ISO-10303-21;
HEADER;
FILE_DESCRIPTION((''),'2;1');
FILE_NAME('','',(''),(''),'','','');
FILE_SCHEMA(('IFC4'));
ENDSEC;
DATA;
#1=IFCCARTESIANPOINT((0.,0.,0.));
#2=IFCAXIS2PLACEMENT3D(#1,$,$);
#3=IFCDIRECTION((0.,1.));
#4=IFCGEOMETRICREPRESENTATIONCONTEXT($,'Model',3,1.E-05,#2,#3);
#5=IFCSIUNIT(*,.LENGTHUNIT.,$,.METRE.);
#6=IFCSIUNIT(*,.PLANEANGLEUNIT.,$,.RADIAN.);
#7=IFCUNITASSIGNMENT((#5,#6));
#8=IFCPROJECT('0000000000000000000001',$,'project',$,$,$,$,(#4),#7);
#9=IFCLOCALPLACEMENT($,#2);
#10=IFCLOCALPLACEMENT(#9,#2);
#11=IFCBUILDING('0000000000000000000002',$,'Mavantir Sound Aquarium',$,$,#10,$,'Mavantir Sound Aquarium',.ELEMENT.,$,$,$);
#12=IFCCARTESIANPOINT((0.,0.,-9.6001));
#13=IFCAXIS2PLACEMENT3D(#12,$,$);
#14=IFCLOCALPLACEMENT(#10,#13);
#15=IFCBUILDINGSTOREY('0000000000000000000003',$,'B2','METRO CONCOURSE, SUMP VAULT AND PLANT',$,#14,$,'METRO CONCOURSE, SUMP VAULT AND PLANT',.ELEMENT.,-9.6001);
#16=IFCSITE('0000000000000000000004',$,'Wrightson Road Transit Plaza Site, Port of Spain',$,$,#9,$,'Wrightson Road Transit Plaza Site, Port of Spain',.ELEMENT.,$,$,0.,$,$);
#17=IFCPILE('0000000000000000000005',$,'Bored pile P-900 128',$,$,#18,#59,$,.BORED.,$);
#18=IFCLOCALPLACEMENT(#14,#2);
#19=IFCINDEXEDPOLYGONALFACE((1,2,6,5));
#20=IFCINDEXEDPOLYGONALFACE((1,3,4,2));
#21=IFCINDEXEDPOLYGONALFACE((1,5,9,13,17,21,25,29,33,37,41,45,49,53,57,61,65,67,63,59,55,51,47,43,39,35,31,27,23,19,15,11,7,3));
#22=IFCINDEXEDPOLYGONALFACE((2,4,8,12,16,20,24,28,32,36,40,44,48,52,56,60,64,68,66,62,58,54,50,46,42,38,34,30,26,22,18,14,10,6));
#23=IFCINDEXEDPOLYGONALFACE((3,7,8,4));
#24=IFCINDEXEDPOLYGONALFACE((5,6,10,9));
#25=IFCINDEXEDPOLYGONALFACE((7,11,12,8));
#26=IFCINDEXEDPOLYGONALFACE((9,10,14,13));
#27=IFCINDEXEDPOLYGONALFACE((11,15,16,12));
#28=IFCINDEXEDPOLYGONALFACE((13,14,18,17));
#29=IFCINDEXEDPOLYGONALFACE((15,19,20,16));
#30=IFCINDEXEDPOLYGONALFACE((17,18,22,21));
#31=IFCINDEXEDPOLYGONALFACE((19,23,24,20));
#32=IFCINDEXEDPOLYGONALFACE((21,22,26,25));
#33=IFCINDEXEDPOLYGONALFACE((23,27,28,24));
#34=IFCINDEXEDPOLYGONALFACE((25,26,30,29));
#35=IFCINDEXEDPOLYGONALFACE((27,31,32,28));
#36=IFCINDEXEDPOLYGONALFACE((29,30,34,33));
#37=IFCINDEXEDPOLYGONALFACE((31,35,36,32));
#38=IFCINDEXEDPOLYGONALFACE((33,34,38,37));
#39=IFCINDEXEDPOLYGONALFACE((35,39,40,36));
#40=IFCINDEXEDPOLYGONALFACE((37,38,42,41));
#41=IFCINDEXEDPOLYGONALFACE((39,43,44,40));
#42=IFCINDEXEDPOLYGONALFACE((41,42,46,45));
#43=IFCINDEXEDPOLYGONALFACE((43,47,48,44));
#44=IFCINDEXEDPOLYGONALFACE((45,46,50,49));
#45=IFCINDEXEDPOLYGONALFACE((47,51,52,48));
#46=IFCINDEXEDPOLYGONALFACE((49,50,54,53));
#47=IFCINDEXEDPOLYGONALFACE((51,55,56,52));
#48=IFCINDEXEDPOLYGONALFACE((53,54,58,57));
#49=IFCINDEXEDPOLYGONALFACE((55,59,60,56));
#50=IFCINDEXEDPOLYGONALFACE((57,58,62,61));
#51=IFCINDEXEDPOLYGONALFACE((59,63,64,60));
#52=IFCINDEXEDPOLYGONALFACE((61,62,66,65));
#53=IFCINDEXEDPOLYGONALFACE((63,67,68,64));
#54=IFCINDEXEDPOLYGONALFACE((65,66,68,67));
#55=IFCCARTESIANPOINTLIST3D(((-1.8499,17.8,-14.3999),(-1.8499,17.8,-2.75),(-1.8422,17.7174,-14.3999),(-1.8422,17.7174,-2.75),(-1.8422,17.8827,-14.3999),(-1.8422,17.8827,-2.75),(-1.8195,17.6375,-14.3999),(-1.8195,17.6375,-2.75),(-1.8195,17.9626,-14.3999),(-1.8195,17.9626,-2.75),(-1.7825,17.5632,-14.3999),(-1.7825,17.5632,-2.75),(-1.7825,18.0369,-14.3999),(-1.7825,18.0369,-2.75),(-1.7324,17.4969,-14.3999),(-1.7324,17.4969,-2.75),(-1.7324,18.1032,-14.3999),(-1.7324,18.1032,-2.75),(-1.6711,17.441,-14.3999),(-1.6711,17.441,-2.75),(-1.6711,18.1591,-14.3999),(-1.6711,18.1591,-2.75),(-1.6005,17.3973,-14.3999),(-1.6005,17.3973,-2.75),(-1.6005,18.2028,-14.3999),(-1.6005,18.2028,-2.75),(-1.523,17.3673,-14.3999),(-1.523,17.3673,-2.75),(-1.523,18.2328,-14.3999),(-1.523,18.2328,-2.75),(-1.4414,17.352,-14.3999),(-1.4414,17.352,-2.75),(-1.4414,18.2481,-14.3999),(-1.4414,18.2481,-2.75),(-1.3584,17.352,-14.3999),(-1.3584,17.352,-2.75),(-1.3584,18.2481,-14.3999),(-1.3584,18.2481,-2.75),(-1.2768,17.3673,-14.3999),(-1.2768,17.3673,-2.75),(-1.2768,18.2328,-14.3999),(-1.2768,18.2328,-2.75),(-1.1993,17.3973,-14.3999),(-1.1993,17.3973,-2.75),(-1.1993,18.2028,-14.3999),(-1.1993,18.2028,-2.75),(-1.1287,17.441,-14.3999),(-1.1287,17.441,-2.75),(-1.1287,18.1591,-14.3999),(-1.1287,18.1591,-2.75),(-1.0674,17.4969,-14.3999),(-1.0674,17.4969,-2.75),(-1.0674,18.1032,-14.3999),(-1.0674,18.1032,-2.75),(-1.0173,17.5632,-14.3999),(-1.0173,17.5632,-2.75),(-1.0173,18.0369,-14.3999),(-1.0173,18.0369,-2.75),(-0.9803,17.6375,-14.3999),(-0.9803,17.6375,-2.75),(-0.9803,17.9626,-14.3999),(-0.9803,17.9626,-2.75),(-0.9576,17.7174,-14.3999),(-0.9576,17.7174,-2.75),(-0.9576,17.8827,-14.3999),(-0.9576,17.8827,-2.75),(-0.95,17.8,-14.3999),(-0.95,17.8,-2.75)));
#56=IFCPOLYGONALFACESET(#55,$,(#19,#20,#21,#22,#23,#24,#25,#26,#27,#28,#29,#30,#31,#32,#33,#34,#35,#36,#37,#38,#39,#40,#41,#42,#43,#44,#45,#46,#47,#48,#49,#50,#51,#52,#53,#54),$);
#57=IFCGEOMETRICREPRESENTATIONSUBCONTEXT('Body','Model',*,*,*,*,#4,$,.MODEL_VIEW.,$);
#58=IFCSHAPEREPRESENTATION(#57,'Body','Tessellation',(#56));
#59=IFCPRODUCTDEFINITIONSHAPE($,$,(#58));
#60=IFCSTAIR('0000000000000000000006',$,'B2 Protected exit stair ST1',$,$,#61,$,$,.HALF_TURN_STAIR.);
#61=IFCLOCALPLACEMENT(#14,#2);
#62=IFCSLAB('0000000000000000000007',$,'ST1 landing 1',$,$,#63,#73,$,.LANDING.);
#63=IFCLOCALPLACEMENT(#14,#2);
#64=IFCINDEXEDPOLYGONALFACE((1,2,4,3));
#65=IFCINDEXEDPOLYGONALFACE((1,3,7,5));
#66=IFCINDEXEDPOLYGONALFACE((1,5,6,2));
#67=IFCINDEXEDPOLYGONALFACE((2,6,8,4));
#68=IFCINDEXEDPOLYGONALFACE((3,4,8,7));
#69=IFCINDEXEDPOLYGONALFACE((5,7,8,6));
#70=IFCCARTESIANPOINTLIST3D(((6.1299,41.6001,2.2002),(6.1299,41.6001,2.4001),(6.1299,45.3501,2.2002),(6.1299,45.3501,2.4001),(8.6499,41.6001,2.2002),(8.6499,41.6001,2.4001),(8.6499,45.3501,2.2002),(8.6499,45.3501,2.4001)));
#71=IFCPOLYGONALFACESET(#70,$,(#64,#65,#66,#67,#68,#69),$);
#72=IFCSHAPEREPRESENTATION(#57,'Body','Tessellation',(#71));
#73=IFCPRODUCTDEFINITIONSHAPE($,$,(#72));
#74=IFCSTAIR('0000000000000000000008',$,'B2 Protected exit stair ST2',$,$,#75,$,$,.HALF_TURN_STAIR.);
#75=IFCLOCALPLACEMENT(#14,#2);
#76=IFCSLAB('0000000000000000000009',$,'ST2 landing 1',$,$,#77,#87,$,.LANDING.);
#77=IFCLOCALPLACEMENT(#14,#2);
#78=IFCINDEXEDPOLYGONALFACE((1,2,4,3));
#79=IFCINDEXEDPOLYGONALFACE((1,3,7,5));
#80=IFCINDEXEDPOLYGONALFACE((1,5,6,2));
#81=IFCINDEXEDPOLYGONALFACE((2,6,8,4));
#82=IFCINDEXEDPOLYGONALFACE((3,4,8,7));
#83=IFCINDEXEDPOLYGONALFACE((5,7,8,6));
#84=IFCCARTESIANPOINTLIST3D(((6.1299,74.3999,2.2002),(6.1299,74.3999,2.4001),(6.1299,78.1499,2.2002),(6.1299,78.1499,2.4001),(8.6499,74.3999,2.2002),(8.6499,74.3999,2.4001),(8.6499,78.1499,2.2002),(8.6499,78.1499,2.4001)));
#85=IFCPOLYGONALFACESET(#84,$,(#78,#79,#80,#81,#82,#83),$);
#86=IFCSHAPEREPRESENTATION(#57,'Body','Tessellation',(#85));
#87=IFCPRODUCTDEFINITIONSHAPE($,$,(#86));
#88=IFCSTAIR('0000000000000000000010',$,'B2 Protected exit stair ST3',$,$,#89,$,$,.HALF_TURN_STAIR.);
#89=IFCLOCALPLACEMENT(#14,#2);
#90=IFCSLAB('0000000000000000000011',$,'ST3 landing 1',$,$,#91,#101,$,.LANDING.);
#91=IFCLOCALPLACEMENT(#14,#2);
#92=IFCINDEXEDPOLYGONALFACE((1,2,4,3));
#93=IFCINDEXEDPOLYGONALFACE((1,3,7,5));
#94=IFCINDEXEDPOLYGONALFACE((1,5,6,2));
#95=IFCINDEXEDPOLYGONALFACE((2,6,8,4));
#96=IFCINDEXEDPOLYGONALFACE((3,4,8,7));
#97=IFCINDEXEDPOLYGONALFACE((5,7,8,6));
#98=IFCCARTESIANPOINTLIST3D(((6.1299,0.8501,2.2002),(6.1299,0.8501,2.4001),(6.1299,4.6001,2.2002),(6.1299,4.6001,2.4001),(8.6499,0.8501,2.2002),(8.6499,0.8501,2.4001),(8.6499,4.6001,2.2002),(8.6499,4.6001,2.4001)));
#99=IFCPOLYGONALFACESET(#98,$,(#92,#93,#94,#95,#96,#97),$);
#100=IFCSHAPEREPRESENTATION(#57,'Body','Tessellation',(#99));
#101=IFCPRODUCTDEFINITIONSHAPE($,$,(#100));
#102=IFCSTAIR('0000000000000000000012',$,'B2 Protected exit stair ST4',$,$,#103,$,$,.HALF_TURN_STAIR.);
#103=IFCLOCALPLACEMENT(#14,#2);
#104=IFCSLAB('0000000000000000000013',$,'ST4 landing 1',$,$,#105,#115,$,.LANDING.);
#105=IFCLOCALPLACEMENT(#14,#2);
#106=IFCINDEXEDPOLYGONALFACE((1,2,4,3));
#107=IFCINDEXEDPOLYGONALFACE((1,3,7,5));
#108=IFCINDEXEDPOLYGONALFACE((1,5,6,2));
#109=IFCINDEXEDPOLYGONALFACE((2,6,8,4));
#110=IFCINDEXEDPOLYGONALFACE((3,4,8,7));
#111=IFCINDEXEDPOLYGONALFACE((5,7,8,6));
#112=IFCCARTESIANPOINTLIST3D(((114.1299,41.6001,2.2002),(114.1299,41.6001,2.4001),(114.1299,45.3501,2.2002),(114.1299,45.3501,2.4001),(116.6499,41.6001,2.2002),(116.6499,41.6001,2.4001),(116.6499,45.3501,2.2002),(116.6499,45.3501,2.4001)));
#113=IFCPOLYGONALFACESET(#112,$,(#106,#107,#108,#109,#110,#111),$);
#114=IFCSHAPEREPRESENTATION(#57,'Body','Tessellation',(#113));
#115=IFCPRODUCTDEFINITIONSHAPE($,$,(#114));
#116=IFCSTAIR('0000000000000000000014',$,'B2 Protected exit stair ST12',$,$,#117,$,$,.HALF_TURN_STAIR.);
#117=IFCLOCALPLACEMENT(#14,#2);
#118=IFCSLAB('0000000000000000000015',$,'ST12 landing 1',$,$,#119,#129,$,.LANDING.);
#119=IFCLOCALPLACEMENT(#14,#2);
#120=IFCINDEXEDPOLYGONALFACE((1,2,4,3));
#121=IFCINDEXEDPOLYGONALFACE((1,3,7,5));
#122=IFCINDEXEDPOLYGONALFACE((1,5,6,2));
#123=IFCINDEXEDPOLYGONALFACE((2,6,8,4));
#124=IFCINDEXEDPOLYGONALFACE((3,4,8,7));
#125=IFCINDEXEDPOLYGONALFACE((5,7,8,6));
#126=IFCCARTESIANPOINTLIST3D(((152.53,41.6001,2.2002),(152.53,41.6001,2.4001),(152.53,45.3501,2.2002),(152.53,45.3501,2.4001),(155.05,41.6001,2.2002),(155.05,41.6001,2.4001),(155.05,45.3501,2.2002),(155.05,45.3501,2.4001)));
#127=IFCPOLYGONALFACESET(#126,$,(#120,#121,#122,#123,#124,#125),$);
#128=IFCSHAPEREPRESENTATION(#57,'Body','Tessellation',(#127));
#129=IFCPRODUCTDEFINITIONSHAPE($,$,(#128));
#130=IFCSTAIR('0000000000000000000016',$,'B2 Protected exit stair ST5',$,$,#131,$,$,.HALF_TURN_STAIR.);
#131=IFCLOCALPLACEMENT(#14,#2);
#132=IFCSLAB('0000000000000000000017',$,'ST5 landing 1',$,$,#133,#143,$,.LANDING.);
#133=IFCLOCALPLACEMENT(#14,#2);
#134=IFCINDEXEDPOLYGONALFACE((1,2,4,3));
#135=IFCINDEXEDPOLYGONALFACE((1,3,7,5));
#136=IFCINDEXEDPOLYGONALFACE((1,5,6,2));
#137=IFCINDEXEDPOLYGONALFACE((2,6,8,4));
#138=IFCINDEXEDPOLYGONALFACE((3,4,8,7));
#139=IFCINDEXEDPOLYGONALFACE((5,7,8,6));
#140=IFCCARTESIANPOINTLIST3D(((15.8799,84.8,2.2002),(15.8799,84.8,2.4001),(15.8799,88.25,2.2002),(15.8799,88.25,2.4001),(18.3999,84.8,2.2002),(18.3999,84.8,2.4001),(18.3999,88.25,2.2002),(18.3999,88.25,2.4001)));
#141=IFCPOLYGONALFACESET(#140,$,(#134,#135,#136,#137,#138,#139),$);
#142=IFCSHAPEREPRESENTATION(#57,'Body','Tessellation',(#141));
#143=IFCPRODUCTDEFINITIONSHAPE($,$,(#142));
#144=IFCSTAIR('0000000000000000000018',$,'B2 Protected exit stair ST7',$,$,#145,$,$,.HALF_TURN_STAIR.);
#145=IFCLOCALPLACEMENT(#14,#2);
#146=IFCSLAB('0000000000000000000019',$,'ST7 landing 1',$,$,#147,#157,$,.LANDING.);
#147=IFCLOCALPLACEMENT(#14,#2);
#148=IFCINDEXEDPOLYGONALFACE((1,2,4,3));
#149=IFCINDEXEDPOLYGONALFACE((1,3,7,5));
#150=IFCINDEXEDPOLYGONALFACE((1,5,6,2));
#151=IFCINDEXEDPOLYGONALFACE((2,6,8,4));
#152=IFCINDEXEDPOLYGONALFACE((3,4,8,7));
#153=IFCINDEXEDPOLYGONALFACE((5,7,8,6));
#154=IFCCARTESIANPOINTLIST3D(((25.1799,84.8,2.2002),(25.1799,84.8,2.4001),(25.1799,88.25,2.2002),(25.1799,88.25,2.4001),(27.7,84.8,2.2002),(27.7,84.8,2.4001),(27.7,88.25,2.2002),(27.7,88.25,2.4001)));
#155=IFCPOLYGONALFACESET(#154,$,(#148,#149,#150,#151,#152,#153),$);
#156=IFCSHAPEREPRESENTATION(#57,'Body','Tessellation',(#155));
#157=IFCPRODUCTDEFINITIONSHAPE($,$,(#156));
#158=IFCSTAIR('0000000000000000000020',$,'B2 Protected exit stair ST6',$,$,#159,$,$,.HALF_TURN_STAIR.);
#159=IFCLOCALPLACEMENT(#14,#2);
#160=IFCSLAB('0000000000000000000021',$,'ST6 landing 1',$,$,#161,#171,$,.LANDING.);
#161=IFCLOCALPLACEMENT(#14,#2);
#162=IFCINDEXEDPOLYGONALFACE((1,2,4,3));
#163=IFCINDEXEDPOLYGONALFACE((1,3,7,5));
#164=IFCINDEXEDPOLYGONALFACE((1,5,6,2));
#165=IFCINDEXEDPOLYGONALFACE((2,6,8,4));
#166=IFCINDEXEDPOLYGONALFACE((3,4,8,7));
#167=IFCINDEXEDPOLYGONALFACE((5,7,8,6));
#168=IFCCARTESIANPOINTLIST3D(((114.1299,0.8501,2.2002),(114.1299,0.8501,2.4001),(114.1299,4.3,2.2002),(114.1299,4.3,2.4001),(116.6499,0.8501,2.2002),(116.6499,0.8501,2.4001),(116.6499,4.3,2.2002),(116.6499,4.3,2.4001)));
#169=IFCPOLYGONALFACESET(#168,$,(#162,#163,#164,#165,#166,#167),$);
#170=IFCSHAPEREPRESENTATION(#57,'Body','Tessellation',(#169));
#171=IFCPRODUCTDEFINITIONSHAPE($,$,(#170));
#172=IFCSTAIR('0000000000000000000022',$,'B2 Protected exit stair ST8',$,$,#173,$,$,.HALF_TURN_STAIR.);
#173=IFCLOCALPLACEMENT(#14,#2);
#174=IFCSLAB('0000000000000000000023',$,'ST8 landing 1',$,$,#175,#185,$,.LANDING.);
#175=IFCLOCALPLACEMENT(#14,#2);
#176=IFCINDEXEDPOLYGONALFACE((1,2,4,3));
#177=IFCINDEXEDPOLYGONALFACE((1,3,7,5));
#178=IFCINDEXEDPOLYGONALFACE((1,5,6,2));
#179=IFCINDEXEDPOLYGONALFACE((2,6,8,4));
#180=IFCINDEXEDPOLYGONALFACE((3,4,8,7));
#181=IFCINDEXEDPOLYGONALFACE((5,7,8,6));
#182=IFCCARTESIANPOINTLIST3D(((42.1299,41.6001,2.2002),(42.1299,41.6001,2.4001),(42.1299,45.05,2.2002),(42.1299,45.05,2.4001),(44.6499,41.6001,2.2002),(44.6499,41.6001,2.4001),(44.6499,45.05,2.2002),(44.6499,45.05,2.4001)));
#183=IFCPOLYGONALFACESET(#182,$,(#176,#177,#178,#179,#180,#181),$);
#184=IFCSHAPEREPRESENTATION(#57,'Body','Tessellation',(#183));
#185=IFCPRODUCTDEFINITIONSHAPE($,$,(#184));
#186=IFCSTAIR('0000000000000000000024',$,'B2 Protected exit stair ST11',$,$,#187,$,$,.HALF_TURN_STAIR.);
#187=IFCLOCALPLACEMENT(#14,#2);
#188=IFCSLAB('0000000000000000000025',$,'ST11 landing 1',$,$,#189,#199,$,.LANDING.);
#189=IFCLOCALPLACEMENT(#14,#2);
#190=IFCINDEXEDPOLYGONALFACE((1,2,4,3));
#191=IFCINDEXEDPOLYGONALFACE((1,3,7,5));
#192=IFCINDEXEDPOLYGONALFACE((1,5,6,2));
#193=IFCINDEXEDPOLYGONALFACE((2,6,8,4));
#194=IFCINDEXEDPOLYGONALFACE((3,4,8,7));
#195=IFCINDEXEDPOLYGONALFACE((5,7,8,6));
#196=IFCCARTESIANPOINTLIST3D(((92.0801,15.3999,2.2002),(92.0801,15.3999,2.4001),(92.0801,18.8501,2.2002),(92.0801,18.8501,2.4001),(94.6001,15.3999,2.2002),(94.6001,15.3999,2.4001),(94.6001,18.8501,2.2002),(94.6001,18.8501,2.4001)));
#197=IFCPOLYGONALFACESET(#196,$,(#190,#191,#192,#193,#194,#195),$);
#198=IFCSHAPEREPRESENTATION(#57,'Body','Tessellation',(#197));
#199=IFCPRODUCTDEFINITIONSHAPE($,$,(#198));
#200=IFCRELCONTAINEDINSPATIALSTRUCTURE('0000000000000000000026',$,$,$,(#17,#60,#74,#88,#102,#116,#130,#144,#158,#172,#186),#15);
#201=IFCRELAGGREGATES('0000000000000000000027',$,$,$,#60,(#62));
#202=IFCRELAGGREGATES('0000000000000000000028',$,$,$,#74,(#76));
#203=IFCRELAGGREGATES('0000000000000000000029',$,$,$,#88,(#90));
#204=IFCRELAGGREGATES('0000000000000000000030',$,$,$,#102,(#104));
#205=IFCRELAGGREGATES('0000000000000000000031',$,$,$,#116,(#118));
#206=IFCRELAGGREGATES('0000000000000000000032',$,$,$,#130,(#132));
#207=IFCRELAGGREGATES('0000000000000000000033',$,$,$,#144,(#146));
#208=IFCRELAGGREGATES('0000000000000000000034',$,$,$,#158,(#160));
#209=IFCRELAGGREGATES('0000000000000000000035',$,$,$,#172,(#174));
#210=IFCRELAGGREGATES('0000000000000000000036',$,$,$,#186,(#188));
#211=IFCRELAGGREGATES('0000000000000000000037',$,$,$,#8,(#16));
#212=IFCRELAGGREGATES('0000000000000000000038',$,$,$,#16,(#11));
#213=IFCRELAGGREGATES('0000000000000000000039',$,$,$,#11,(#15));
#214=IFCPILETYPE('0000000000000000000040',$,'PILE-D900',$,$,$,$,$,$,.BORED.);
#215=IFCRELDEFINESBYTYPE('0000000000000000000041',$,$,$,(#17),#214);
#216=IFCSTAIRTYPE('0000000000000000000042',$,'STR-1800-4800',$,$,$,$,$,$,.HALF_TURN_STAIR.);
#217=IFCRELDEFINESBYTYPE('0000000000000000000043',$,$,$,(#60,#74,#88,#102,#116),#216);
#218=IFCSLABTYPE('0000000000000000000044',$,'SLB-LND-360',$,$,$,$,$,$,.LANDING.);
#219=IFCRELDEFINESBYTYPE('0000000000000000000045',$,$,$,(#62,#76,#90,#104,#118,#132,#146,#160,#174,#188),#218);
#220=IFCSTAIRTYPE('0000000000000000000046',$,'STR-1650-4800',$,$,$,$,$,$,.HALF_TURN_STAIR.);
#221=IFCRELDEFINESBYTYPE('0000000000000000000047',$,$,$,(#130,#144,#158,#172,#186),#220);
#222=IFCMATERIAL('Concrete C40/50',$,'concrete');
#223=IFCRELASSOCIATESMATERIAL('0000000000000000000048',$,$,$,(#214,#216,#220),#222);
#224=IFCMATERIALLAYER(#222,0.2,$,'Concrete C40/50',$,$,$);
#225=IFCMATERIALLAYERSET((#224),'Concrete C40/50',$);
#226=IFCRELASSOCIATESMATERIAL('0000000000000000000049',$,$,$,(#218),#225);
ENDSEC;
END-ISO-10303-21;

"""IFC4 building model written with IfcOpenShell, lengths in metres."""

from ifc_helpers import new_model, si_unit, direction, frame, origin, origin_2d, place, context, subcontext, project, spatial, polyline, circle, outline, extrude, material, layer, layer_set, material_profile, profile_set, type_object, element, aggregate, save


model = new_model("IFC4")

# Units and contexts
model_context = context("Model", 3, precision=1e-05, world=origin(), true_north=direction((0.0, 1.0)))
body_context = subcontext(model_context, "Body", "Model", "MODEL_VIEW")
ifc_project = project(units=[si_unit("LENGTHUNIT", "METRE"), si_unit("PLANEANGLEUNIT", "RADIAN")], contexts=[model_context])

# Site, building, storey
site_placement = place(None, origin())
site = spatial("IfcSite", under=ifc_project, at=site_placement, Name="Wrightson Road Transit Plaza Site, Port of Spain", LongName="Wrightson Road Transit Plaza Site, Port of Spain", CompositionType="ELEMENT", RefElevation=0.0)
building_placement = place(site_placement, origin())
building = spatial("IfcBuilding", under=site, at=building_placement, Name="Mavantir Sound Aquarium", LongName="Mavantir Sound Aquarium", CompositionType="ELEMENT")
storey_placement = place(building_placement, frame((0.0, 0.0, -9.6001)))
storey = spatial("IfcBuildingStorey", under=building, at=storey_placement, Name="B2", Description="METRO CONCOURSE, SUMP VAULT AND PLANT", LongName="METRO CONCOURSE, SUMP VAULT AND PLANT", CompositionType="ELEMENT", Elevation=-9.6001)

# Pile
ifc_material_1 = material(Name="Concrete C40/50", Category="concrete")
ifc_material_profile = material_profile(ifc_material_1, circle(Radius=0.45, at=origin_2d()), Name="PILE D900")
ifc_profile_set = profile_set([ifc_material_profile], Name="Concrete C40/50")
pile_type = type_object("IfcPileType", Name="PILE-D900", PredefinedType="BORED", material=ifc_profile_set)
pile_placement = place(storey_placement, frame((-1.3999, 17.8, -2.75), z_axis=(0.0, 0.0, -1.0), x_axis=(1.0, 0.0, 0.0)))
element("IfcPile", 1, at=pile_placement, inside=storey, type_object=pile_type, Name="Bored pile P-900 128", PredefinedType="BORED", context=body_context, shape_type="SweptSolid", body=[
    extrude(circle(Radius=0.45, at=origin_2d()), origin(), (0.0, 0.0, 1.0), 11.6499),
])

# Stairs, slabs
stair_type_1 = type_object("IfcStairType", Name="STR-1800-4800", PredefinedType="HALF_TURN_STAIR", material=ifc_material_1)
stair_1_placement = place(storey_placement, origin())
stair_1 = element("IfcStair", 2, at=stair_1_placement, inside=storey, type_object=stair_type_1, Name="B2 Protected exit stair ST1", PredefinedType="HALF_TURN_STAIR")
ifc_layer_1 = layer(ifc_material_1, 0.2, Name="Concrete C40/50")
ifc_layer_set_1 = layer_set([ifc_layer_1], Name="Concrete C40/50")
slab_type = type_object("IfcSlabType", Name="SLB-LND-360", PredefinedType="LANDING", material=ifc_layer_set_1)
slab_1_placement = place(storey_placement, frame((0.0, 0.0, 2.2002)))
slab_1 = element("IfcSlab", 3, at=slab_1_placement, type_object=slab_type, Name="ST1 landing 1", PredefinedType="LANDING", context=body_context, shape_type="SweptSolid", body=[
    extrude(outline(polyline([(6.1299, 41.6001), (8.6499, 41.6001), (8.6499, 45.3501), (6.1299, 45.3501), (6.1299, 41.6001)])), origin(), (0.0, 0.0, 1.0), 0.2),
])
aggregate(stair_1, [slab_1])
stair_2_placement = place(storey_placement, origin())
stair_2 = element("IfcStair", 4, at=stair_2_placement, inside=storey, type_object=stair_type_1, Name="B2 Protected exit stair ST2", PredefinedType="HALF_TURN_STAIR")
slab_2_placement = place(storey_placement, frame((0.0, 0.0, 2.2002)))
slab_2 = element("IfcSlab", 5, at=slab_2_placement, type_object=slab_type, Name="ST2 landing 1", PredefinedType="LANDING", context=body_context, shape_type="SweptSolid", body=[
    extrude(outline(polyline([(6.1299, 74.3999), (8.6499, 74.3999), (8.6499, 78.1499), (6.1299, 78.1499), (6.1299, 74.3999)])), origin(), (0.0, 0.0, 1.0), 0.2),
])
aggregate(stair_2, [slab_2])
stair_3_placement = place(storey_placement, origin())
stair_3 = element("IfcStair", 6, at=stair_3_placement, inside=storey, type_object=stair_type_1, Name="B2 Protected exit stair ST3", PredefinedType="HALF_TURN_STAIR")
slab_3_placement = place(storey_placement, frame((0.0, 0.0, 2.2002)))
slab_3 = element("IfcSlab", 7, at=slab_3_placement, type_object=slab_type, Name="ST3 landing 1", PredefinedType="LANDING", context=body_context, shape_type="SweptSolid", body=[
    extrude(outline(polyline([(6.1299, 0.8501), (8.6499, 0.8501), (8.6499, 4.6001), (6.1299, 4.6001), (6.1299, 0.8501)])), origin(), (0.0, 0.0, 1.0), 0.2),
])
aggregate(stair_3, [slab_3])
stair_4_placement = place(storey_placement, origin())
stair_4 = element("IfcStair", 8, at=stair_4_placement, inside=storey, type_object=stair_type_1, Name="B2 Protected exit stair ST4", PredefinedType="HALF_TURN_STAIR")
slab_4_placement = place(storey_placement, frame((0.0, 0.0, 2.2002)))
slab_4 = element("IfcSlab", 9, at=slab_4_placement, type_object=slab_type, Name="ST4 landing 1", PredefinedType="LANDING", context=body_context, shape_type="SweptSolid", body=[
    extrude(outline(polyline([(114.1299, 41.6001), (116.6499, 41.6001), (116.6499, 45.3501), (114.1299, 45.3501), (114.1299, 41.6001)])), origin(), (0.0, 0.0, 1.0), 0.2),
])
aggregate(stair_4, [slab_4])
stair_5_placement = place(storey_placement, origin())
stair_5 = element("IfcStair", 10, at=stair_5_placement, inside=storey, type_object=stair_type_1, Name="B2 Protected exit stair ST12", PredefinedType="HALF_TURN_STAIR")
slab_5_placement = place(storey_placement, frame((0.0, 0.0, 2.2002)))
slab_5 = element("IfcSlab", 11, at=slab_5_placement, type_object=slab_type, Name="ST12 landing 1", PredefinedType="LANDING", context=body_context, shape_type="SweptSolid", body=[
    extrude(outline(polyline([(152.53, 41.6001), (155.05, 41.6001), (155.05, 45.3501), (152.53, 45.3501), (152.53, 41.6001)])), origin(), (0.0, 0.0, 1.0), 0.2),
])
aggregate(stair_5, [slab_5])
stair_type_2 = type_object("IfcStairType", Name="STR-1650-4800", PredefinedType="HALF_TURN_STAIR", material=ifc_material_1)
stair_6_placement = place(storey_placement, origin())
stair_6 = element("IfcStair", 12, at=stair_6_placement, inside=storey, type_object=stair_type_2, Name="B2 Protected exit stair ST5", PredefinedType="HALF_TURN_STAIR")
slab_6_placement = place(storey_placement, frame((0.0, 0.0, 2.2002)))
slab_6 = element("IfcSlab", 13, at=slab_6_placement, type_object=slab_type, Name="ST5 landing 1", PredefinedType="LANDING", context=body_context, shape_type="SweptSolid", body=[
    extrude(outline(polyline([(15.8799, 84.8), (18.3999, 84.8), (18.3999, 88.25), (15.8799, 88.25), (15.8799, 84.8)])), origin(), (0.0, 0.0, 1.0), 0.2),
])
aggregate(stair_6, [slab_6])
stair_7_placement = place(storey_placement, origin())
stair_7 = element("IfcStair", 14, at=stair_7_placement, inside=storey, type_object=stair_type_2, Name="B2 Protected exit stair ST7", PredefinedType="HALF_TURN_STAIR")
slab_7_placement = place(storey_placement, frame((0.0, 0.0, 2.2002)))
slab_7 = element("IfcSlab", 15, at=slab_7_placement, type_object=slab_type, Name="ST7 landing 1", PredefinedType="LANDING", context=body_context, shape_type="SweptSolid", body=[
    extrude(outline(polyline([(25.1799, 84.8), (27.7, 84.8), (27.7, 88.25), (25.1799, 88.25), (25.1799, 84.8)])), origin(), (0.0, 0.0, 1.0), 0.2),
])
aggregate(stair_7, [slab_7])
stair_8_placement = place(storey_placement, origin())
stair_8 = element("IfcStair", 16, at=stair_8_placement, inside=storey, type_object=stair_type_2, Name="B2 Protected exit stair ST6", PredefinedType="HALF_TURN_STAIR")
slab_8_placement = place(storey_placement, frame((0.0, 0.0, 2.2002)))
slab_8 = element("IfcSlab", 17, at=slab_8_placement, type_object=slab_type, Name="ST6 landing 1", PredefinedType="LANDING", context=body_context, shape_type="SweptSolid", body=[
    extrude(outline(polyline([(114.1299, 0.8501), (116.6499, 0.8501), (116.6499, 4.3), (114.1299, 4.3), (114.1299, 0.8501)])), origin(), (0.0, 0.0, 1.0), 0.2),
])
aggregate(stair_8, [slab_8])
stair_9_placement = place(storey_placement, origin())
stair_9 = element("IfcStair", 18, at=stair_9_placement, inside=storey, type_object=stair_type_2, Name="B2 Protected exit stair ST8", PredefinedType="HALF_TURN_STAIR")
slab_9_placement = place(storey_placement, frame((0.0, 0.0, 2.2002)))
slab_9 = element("IfcSlab", 19, at=slab_9_placement, type_object=slab_type, Name="ST8 landing 1", PredefinedType="LANDING", context=body_context, shape_type="SweptSolid", body=[
    extrude(outline(polyline([(42.1299, 41.6001), (44.6499, 41.6001), (44.6499, 45.05), (42.1299, 45.05), (42.1299, 41.6001)])), origin(), (0.0, 0.0, 1.0), 0.2),
])
aggregate(stair_9, [slab_9])
stair_10_placement = place(storey_placement, origin())
stair_10 = element("IfcStair", 20, at=stair_10_placement, inside=storey, type_object=stair_type_2, Name="B2 Protected exit stair ST11", PredefinedType="HALF_TURN_STAIR")
slab_10_placement = place(storey_placement, frame((0.0, 0.0, 2.2002)))
slab_10 = element("IfcSlab", 21, at=slab_10_placement, type_object=slab_type, Name="ST11 landing 1", PredefinedType="LANDING", context=body_context, shape_type="SweptSolid", body=[
    extrude(outline(polyline([(92.0801, 15.3999), (94.6001, 15.3999), (94.6001, 18.8501), (92.0801, 18.8501), (92.0801, 15.3999)])), origin(), (0.0, 0.0, 1.0), 0.2),
])
aggregate(stair_10, [slab_10])

save(model, "model.ifc")
